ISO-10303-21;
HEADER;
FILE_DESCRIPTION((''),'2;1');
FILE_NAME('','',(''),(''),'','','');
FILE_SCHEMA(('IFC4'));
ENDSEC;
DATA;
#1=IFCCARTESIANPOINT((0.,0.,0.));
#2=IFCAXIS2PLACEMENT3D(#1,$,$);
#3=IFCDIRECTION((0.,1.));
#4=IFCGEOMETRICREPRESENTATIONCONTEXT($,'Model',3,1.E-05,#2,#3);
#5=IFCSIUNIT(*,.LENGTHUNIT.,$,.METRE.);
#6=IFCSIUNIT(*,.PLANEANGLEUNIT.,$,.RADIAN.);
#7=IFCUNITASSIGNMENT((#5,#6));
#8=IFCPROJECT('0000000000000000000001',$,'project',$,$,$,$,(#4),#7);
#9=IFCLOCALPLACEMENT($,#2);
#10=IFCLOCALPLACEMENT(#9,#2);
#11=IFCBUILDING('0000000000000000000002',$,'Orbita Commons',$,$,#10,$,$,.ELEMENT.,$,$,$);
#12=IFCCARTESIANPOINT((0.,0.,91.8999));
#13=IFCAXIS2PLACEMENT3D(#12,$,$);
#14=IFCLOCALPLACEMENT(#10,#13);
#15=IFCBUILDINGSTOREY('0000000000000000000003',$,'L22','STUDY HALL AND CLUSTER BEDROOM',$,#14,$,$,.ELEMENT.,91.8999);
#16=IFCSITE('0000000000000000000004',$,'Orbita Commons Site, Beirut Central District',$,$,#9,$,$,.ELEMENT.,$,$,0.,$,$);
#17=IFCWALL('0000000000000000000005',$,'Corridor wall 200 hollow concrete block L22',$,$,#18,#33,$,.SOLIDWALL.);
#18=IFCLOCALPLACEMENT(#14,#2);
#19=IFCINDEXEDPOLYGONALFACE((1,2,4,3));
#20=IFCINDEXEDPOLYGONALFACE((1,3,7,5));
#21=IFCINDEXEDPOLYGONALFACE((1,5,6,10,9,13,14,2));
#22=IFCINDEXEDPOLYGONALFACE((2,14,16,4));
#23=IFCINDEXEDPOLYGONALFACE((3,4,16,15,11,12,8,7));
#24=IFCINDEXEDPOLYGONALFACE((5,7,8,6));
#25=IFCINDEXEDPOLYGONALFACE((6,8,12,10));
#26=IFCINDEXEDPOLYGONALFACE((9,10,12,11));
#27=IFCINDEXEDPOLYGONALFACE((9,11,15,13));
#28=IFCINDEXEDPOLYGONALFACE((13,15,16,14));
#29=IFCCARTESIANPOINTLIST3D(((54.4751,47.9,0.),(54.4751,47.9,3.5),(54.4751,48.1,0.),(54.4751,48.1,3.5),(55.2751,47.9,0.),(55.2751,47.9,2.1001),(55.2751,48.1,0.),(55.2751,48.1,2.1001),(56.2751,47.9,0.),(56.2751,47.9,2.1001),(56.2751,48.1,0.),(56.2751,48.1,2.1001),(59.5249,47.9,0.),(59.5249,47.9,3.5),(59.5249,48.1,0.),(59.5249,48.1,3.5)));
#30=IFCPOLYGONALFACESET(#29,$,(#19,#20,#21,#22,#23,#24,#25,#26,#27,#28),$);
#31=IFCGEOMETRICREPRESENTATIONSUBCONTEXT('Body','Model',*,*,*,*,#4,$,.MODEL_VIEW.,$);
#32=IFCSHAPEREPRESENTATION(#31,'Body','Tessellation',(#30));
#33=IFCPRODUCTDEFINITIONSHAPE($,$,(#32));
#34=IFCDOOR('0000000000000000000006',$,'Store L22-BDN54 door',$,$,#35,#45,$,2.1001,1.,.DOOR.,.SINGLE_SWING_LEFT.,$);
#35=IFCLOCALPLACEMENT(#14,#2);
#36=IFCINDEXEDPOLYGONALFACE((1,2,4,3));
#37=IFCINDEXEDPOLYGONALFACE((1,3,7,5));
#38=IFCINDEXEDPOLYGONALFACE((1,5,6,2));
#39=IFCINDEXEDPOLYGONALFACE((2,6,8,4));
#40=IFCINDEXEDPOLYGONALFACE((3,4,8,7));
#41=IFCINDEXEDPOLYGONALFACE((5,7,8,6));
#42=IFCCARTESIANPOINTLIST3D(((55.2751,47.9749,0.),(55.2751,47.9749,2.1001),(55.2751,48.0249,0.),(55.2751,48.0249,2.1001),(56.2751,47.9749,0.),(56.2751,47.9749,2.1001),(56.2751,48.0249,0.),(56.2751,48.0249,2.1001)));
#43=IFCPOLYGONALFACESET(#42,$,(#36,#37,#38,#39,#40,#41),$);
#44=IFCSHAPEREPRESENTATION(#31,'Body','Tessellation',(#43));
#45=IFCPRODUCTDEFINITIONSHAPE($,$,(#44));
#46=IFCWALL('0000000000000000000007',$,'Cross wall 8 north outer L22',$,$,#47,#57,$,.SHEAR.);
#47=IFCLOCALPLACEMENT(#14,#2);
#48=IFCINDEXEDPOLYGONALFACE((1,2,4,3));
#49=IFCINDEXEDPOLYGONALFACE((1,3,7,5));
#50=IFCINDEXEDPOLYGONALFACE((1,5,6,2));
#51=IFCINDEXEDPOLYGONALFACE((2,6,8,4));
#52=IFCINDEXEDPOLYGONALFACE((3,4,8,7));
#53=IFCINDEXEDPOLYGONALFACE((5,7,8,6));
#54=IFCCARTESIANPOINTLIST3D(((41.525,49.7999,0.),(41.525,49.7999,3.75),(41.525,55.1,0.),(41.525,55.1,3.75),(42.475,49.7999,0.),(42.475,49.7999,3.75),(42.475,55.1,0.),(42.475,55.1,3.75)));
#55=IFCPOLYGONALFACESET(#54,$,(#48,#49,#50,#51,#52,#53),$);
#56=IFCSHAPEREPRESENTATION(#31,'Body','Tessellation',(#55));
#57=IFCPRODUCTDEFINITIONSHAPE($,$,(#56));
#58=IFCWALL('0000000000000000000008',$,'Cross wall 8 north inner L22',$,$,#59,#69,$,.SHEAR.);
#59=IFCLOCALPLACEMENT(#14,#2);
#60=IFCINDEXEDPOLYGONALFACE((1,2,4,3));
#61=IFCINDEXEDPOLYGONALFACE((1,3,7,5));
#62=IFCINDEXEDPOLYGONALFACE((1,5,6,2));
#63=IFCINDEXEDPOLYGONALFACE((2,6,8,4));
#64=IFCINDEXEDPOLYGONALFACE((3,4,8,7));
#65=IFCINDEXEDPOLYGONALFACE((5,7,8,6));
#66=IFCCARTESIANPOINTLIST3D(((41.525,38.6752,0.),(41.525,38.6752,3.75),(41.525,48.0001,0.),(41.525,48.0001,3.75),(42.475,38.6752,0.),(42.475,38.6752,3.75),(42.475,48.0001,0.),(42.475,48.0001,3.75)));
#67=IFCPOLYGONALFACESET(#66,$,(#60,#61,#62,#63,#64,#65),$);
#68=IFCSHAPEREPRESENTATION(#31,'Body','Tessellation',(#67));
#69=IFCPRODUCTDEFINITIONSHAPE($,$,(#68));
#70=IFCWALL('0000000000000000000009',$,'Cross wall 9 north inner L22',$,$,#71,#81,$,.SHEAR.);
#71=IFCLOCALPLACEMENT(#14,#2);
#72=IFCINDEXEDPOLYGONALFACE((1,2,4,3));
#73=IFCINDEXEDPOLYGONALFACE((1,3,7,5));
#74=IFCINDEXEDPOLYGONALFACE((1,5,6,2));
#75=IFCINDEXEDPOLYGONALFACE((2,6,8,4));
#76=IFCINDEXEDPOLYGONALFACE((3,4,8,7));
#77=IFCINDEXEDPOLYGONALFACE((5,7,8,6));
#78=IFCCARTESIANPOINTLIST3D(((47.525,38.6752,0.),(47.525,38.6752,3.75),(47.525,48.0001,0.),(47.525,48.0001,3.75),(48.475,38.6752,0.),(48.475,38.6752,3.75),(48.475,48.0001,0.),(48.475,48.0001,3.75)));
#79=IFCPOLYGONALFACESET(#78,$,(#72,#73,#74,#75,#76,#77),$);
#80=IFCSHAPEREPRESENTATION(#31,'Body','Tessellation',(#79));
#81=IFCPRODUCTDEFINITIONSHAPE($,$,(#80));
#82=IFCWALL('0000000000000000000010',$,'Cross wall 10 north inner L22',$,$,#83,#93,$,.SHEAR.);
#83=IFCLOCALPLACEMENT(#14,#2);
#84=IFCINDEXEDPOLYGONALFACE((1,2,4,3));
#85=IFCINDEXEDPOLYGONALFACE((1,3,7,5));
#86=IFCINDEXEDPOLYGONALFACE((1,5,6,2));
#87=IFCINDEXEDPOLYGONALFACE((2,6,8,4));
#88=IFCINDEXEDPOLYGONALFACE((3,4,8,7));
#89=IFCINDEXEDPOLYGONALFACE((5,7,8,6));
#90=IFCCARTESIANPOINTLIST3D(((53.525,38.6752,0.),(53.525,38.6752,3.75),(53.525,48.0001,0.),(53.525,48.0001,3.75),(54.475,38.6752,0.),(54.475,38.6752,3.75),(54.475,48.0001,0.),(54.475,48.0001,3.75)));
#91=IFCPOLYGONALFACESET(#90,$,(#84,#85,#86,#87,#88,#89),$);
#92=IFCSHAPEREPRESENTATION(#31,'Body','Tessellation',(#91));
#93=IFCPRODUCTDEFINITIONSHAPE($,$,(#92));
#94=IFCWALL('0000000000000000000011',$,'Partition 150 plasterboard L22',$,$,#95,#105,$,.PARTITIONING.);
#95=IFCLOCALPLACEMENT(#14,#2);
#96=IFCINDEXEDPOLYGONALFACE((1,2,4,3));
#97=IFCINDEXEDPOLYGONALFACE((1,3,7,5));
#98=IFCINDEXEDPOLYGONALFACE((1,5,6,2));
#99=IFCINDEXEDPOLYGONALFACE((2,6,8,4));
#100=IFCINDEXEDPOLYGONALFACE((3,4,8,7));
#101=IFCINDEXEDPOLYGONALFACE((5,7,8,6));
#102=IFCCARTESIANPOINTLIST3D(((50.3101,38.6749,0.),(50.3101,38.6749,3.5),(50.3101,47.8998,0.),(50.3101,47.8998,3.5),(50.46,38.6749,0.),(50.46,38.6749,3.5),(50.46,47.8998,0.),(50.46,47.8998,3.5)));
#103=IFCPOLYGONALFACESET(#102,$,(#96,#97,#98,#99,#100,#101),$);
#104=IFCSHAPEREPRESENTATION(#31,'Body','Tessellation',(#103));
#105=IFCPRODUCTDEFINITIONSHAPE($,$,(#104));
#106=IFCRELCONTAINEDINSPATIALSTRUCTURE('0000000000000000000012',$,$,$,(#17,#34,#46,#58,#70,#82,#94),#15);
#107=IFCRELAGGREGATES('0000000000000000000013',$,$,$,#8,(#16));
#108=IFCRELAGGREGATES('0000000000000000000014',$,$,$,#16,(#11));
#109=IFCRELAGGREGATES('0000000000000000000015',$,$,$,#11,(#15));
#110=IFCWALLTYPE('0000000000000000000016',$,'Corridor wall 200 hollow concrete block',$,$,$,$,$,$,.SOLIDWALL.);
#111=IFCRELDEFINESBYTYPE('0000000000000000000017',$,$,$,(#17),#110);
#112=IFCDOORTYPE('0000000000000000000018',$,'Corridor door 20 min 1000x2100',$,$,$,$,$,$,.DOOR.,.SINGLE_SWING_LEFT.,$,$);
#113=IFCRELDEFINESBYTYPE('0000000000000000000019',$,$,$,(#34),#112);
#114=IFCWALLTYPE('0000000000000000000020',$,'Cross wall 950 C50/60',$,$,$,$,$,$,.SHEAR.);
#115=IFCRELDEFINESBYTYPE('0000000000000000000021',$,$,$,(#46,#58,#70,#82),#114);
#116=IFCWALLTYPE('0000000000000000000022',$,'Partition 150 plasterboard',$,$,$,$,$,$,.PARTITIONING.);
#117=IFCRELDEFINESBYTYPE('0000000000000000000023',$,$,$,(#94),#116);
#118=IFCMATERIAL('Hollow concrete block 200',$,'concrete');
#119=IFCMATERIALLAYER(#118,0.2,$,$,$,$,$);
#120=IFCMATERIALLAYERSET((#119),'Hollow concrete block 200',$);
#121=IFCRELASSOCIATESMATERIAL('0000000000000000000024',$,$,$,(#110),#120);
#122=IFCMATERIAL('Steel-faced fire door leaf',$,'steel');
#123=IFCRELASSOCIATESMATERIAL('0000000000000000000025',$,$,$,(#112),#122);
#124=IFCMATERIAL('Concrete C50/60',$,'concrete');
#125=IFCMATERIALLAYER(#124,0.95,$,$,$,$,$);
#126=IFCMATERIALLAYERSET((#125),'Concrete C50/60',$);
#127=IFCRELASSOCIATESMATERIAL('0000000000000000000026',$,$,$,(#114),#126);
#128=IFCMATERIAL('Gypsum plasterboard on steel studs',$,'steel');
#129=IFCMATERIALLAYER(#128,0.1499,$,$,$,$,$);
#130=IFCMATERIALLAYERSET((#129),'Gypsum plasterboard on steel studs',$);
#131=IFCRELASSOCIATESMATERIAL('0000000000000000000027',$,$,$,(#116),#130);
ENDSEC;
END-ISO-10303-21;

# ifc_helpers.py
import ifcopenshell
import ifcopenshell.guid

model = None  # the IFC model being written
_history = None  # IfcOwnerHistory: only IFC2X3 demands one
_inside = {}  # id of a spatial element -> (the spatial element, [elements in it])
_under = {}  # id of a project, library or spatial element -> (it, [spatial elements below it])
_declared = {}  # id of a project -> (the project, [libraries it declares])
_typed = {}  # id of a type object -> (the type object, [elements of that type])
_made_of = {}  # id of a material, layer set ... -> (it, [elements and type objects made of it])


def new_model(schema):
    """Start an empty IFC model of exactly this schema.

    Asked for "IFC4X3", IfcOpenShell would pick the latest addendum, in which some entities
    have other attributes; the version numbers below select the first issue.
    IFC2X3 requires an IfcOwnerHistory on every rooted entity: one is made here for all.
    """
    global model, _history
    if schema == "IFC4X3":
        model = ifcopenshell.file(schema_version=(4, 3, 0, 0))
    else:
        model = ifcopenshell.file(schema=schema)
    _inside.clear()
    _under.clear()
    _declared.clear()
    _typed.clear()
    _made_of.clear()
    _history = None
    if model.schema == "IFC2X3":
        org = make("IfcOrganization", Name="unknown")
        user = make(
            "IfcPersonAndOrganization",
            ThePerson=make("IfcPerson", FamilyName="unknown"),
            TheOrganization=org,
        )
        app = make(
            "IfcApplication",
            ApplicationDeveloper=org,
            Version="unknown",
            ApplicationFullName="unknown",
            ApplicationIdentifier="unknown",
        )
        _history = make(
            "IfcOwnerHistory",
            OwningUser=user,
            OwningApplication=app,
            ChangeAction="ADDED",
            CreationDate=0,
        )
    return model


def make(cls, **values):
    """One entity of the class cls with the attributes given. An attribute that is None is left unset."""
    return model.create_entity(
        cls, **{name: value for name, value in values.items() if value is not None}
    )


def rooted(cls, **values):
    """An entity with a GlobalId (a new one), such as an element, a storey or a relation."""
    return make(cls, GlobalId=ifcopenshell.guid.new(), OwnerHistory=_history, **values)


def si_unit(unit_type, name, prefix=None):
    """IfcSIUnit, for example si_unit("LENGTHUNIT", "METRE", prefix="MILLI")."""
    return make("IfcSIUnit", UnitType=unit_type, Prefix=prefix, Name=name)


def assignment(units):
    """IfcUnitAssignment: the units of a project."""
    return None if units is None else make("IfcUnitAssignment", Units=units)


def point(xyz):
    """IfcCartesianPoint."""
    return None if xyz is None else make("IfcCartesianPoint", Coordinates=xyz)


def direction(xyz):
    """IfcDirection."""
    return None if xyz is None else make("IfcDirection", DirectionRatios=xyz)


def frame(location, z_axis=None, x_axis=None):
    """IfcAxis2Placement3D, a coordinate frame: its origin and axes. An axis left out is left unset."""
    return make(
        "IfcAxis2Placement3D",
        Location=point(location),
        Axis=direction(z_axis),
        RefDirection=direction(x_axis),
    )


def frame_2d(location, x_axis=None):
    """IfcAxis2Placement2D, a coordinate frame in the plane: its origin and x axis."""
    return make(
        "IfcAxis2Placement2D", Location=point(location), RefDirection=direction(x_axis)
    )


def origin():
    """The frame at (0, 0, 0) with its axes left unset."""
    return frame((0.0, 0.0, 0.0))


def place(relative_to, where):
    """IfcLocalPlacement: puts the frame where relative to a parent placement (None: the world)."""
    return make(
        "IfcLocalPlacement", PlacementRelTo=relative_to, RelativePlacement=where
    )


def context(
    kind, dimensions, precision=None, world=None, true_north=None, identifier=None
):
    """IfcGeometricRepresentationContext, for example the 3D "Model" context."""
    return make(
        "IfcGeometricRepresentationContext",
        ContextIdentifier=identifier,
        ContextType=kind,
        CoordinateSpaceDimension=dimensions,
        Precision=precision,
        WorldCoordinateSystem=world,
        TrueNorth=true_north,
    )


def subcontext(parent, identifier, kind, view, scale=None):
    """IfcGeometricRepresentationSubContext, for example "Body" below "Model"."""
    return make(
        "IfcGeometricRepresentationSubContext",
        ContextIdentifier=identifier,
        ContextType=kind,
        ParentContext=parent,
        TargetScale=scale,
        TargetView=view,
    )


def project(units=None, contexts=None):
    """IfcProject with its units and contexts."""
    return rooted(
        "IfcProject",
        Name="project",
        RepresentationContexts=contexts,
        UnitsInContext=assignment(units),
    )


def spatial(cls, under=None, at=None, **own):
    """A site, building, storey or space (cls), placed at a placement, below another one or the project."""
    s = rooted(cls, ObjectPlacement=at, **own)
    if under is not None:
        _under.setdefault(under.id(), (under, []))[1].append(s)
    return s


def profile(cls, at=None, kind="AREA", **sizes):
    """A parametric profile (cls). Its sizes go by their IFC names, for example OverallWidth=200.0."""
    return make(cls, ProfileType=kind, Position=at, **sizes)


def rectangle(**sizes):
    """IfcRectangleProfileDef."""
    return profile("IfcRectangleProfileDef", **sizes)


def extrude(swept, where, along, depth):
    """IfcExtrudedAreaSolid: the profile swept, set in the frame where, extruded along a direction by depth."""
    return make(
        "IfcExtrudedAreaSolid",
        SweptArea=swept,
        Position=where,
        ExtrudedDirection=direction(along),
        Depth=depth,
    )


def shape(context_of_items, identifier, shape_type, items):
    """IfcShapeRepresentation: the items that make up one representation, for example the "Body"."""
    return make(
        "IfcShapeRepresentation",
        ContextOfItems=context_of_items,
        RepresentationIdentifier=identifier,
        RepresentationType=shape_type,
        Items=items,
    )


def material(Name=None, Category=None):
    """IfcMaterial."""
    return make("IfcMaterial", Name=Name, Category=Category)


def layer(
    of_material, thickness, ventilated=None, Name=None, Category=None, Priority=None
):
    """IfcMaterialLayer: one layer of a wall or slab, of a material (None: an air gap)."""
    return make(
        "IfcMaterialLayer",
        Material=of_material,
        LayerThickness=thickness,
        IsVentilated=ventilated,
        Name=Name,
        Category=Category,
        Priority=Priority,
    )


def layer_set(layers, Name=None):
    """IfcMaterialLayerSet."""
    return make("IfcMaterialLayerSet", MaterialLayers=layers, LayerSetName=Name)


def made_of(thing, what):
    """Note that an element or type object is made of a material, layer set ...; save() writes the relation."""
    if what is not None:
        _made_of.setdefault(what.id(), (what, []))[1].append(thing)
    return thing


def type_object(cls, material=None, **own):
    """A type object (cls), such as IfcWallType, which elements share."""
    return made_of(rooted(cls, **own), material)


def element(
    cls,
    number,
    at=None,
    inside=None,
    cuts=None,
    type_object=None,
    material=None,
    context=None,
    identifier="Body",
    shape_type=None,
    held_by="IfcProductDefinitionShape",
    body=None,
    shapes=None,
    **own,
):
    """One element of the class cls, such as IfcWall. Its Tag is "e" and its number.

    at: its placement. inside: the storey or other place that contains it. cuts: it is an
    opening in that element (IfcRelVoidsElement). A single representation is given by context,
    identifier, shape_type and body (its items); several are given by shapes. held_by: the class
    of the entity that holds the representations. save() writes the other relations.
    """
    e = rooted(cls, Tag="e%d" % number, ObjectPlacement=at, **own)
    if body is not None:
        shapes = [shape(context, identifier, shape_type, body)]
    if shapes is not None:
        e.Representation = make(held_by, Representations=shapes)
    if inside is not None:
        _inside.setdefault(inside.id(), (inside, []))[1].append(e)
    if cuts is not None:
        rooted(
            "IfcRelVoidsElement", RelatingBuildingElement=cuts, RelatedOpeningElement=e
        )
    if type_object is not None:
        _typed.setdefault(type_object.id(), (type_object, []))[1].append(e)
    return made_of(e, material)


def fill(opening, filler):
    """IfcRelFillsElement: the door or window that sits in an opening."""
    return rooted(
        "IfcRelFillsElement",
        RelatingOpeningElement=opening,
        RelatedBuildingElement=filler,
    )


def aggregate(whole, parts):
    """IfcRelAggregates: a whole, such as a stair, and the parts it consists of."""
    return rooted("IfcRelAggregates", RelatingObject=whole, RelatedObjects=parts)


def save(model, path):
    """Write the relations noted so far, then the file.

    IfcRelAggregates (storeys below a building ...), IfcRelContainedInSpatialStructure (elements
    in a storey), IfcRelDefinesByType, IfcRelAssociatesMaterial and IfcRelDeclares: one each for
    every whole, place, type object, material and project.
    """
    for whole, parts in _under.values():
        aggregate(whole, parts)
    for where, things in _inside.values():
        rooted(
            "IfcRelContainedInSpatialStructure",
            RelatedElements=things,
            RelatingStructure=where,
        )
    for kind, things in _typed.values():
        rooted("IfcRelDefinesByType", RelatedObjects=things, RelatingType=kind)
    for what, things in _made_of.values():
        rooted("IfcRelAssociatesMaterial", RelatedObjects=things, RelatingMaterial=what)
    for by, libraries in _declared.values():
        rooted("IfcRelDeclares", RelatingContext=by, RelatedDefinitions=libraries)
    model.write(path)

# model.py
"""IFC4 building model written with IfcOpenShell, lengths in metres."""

from ifc_helpers import new_model, si_unit, direction, frame, frame_2d, origin, place, context, subcontext, project, spatial, rectangle, extrude, material, layer, layer_set, type_object, element, fill, save


model = new_model("IFC4")

# Units and contexts
model_context = context("Model", 3, precision=1e-05, world=origin(), true_north=direction((0.0, 1.0)))
body_context = subcontext(model_context, "Body", "Model", "MODEL_VIEW")
ifc_project = project(units=[si_unit("LENGTHUNIT", "METRE"), si_unit("PLANEANGLEUNIT", "RADIAN")], contexts=[model_context])

# Site, building, storey
site_placement = place(None, origin())
site = spatial("IfcSite", under=ifc_project, at=site_placement, Name="Orbita Commons Site, Beirut Central District", CompositionType="ELEMENT", RefElevation=0.0)
building_placement = place(site_placement, origin())
building = spatial("IfcBuilding", under=site, at=building_placement, Name="Orbita Commons", CompositionType="ELEMENT")
storey_placement = place(building_placement, frame((0.0, 0.0, 91.8999)))
storey = spatial("IfcBuildingStorey", under=building, at=storey_placement, Name="L22", Description="STUDY HALL AND CLUSTER BEDROOM", CompositionType="ELEMENT", Elevation=91.8999)

# Shared definitions
ifc_material_1 = material(Name="Hollow concrete block 200", Category="concrete")
ifc_layer_1 = layer(ifc_material_1, 0.2)
ifc_layer_set_1 = layer_set([ifc_layer_1], Name="Hollow concrete block 200")
wall_type_1 = type_object("IfcWallType", Name="Corridor wall 200 hollow concrete block", PredefinedType="SOLIDWALL", material=ifc_layer_set_1)
ifc_material_2 = material(Name="Steel-faced fire door leaf", Category="steel")
door_type_1 = type_object("IfcDoorType", Name="Corridor door 20 min 1000x2100", OperationType="SINGLE_SWING_LEFT", PredefinedType="DOOR", material=ifc_material_2)

# Wall, opening, door
wall_1_placement = place(storey_placement, frame((54.4751, 48.0, 0.0), z_axis=(0.0, 0.0, 1.0), x_axis=(1.0, 0.0, 0.0)))
wall_1 = element("IfcWall", 1, at=wall_1_placement, inside=storey, type_object=wall_type_1, Name="Corridor wall 200 hollow concrete block L22", PredefinedType="SOLIDWALL", context=body_context, shape_type="SweptSolid", body=[
    extrude(rectangle(XDim=5.0498, YDim=0.2, at=frame_2d((2.5249, 0.0))), origin(), (0.0, 0.0, 1.0), 3.5),
])
opening_1_placement = place(wall_1_placement, frame((0.8, 0.0, 0.0)))
opening_1 = element("IfcOpeningElement", 2, at=opening_1_placement, cuts=wall_1, PredefinedType="OPENING", context=body_context, shape_type="SweptSolid", body=[
    extrude(rectangle(XDim=1.0, YDim=2.1001, at=frame_2d((0.5, 1.05))), frame((0.0, 0.1099, 0.0), z_axis=(0.0, -1.0, 0.0), x_axis=(1.0, 0.0, 0.0)), (0.0, 0.0, 1.0), 0.22),
])
door_1_placement = place(opening_1_placement, origin())
door_1 = element("IfcDoor", 3, at=door_1_placement, inside=storey, type_object=door_type_1, Name="Store L22-BDN54 door", OperationType="SINGLE_SWING_LEFT", OverallHeight=2.1001, OverallWidth=1.0, PredefinedType="DOOR", context=body_context, shape_type="SweptSolid", body=[
    extrude(rectangle(XDim=1.0, YDim=2.1001, at=frame_2d((0.5, 1.05))), frame((0.0, 0.0249, 0.0), z_axis=(0.0, -1.0, 0.0), x_axis=(1.0, 0.0, 0.0)), (0.0, 0.0, 1.0), 0.05),
])
fill(opening_1, door_1)

# Walls
ifc_material_3 = material(Name="Concrete C50/60", Category="concrete")
ifc_layer_2 = layer(ifc_material_3, 0.95)
ifc_layer_set_2 = layer_set([ifc_layer_2], Name="Concrete C50/60")
wall_type_2 = type_object("IfcWallType", Name="Cross wall 950 C50/60", PredefinedType="SHEAR", material=ifc_layer_set_2)
wall_2_placement = place(storey_placement, frame((42.0, 49.8, 0.0), z_axis=(0.0, 0.0, 1.0), x_axis=(0.0, 1.0, 0.0)))
element("IfcWall", 4, at=wall_2_placement, inside=storey, type_object=wall_type_2, Name="Cross wall 8 north outer L22", PredefinedType="SHEAR", context=body_context, shape_type="SweptSolid", body=[
    extrude(rectangle(XDim=5.3, YDim=0.95, at=frame_2d((2.6499, 0.0))), origin(), (0.0, 0.0, 1.0), 3.75),
])
for number, where, z_axis, x_axis, name in (
    (5, (42.0, 38.675, 0.0), (0.0, 0.0, 1.0), (0.0, 1.0, 0.0), "Cross wall 8 north inner L22"),
    (6, (48.0, 38.675, 0.0), (0.0, 0.0, 1.0), (0.0, 1.0, 0.0), "Cross wall 9 north inner L22"),
    (7, (54.0, 38.675, 0.0), (0.0, 0.0, 1.0), (0.0, 1.0, 0.0), "Cross wall 10 north inner L22"),
):
    element("IfcWall", number, at=place(storey_placement, frame(where, z_axis=z_axis, x_axis=x_axis)), inside=storey, type_object=wall_type_2, Name=name, PredefinedType="SHEAR", context=body_context, shape_type="SweptSolid", body=[
        extrude(rectangle(XDim=9.325, YDim=0.95, at=frame_2d((4.6626, 0.0))), origin(), (0.0, 0.0, 1.0), 3.75),
    ])
ifc_material_4 = material(Name="Gypsum plasterboard on steel studs", Category="steel")
ifc_layer_3 = layer(ifc_material_4, 0.1499)
ifc_layer_set_3 = layer_set([ifc_layer_3], Name="Gypsum plasterboard on steel studs")
wall_type_3 = type_object("IfcWallType", Name="Partition 150 plasterboard", PredefinedType="PARTITIONING", material=ifc_layer_set_3)
wall_3_placement = place(storey_placement, frame((50.385, 38.675, 0.0), z_axis=(0.0, 0.0, 1.0), x_axis=(0.0, 1.0, 0.0)))
element("IfcWall", 8, at=wall_3_placement, inside=storey, type_object=wall_type_3, Name="Partition 150 plasterboard L22", PredefinedType="PARTITIONING", context=body_context, shape_type="SweptSolid", body=[
    extrude(rectangle(XDim=9.2249, YDim=0.1499, at=frame_2d((4.6123, 0.0))), origin(), (0.0, 0.0, 1.0), 3.5),
])

save(model, "model.ifc")
